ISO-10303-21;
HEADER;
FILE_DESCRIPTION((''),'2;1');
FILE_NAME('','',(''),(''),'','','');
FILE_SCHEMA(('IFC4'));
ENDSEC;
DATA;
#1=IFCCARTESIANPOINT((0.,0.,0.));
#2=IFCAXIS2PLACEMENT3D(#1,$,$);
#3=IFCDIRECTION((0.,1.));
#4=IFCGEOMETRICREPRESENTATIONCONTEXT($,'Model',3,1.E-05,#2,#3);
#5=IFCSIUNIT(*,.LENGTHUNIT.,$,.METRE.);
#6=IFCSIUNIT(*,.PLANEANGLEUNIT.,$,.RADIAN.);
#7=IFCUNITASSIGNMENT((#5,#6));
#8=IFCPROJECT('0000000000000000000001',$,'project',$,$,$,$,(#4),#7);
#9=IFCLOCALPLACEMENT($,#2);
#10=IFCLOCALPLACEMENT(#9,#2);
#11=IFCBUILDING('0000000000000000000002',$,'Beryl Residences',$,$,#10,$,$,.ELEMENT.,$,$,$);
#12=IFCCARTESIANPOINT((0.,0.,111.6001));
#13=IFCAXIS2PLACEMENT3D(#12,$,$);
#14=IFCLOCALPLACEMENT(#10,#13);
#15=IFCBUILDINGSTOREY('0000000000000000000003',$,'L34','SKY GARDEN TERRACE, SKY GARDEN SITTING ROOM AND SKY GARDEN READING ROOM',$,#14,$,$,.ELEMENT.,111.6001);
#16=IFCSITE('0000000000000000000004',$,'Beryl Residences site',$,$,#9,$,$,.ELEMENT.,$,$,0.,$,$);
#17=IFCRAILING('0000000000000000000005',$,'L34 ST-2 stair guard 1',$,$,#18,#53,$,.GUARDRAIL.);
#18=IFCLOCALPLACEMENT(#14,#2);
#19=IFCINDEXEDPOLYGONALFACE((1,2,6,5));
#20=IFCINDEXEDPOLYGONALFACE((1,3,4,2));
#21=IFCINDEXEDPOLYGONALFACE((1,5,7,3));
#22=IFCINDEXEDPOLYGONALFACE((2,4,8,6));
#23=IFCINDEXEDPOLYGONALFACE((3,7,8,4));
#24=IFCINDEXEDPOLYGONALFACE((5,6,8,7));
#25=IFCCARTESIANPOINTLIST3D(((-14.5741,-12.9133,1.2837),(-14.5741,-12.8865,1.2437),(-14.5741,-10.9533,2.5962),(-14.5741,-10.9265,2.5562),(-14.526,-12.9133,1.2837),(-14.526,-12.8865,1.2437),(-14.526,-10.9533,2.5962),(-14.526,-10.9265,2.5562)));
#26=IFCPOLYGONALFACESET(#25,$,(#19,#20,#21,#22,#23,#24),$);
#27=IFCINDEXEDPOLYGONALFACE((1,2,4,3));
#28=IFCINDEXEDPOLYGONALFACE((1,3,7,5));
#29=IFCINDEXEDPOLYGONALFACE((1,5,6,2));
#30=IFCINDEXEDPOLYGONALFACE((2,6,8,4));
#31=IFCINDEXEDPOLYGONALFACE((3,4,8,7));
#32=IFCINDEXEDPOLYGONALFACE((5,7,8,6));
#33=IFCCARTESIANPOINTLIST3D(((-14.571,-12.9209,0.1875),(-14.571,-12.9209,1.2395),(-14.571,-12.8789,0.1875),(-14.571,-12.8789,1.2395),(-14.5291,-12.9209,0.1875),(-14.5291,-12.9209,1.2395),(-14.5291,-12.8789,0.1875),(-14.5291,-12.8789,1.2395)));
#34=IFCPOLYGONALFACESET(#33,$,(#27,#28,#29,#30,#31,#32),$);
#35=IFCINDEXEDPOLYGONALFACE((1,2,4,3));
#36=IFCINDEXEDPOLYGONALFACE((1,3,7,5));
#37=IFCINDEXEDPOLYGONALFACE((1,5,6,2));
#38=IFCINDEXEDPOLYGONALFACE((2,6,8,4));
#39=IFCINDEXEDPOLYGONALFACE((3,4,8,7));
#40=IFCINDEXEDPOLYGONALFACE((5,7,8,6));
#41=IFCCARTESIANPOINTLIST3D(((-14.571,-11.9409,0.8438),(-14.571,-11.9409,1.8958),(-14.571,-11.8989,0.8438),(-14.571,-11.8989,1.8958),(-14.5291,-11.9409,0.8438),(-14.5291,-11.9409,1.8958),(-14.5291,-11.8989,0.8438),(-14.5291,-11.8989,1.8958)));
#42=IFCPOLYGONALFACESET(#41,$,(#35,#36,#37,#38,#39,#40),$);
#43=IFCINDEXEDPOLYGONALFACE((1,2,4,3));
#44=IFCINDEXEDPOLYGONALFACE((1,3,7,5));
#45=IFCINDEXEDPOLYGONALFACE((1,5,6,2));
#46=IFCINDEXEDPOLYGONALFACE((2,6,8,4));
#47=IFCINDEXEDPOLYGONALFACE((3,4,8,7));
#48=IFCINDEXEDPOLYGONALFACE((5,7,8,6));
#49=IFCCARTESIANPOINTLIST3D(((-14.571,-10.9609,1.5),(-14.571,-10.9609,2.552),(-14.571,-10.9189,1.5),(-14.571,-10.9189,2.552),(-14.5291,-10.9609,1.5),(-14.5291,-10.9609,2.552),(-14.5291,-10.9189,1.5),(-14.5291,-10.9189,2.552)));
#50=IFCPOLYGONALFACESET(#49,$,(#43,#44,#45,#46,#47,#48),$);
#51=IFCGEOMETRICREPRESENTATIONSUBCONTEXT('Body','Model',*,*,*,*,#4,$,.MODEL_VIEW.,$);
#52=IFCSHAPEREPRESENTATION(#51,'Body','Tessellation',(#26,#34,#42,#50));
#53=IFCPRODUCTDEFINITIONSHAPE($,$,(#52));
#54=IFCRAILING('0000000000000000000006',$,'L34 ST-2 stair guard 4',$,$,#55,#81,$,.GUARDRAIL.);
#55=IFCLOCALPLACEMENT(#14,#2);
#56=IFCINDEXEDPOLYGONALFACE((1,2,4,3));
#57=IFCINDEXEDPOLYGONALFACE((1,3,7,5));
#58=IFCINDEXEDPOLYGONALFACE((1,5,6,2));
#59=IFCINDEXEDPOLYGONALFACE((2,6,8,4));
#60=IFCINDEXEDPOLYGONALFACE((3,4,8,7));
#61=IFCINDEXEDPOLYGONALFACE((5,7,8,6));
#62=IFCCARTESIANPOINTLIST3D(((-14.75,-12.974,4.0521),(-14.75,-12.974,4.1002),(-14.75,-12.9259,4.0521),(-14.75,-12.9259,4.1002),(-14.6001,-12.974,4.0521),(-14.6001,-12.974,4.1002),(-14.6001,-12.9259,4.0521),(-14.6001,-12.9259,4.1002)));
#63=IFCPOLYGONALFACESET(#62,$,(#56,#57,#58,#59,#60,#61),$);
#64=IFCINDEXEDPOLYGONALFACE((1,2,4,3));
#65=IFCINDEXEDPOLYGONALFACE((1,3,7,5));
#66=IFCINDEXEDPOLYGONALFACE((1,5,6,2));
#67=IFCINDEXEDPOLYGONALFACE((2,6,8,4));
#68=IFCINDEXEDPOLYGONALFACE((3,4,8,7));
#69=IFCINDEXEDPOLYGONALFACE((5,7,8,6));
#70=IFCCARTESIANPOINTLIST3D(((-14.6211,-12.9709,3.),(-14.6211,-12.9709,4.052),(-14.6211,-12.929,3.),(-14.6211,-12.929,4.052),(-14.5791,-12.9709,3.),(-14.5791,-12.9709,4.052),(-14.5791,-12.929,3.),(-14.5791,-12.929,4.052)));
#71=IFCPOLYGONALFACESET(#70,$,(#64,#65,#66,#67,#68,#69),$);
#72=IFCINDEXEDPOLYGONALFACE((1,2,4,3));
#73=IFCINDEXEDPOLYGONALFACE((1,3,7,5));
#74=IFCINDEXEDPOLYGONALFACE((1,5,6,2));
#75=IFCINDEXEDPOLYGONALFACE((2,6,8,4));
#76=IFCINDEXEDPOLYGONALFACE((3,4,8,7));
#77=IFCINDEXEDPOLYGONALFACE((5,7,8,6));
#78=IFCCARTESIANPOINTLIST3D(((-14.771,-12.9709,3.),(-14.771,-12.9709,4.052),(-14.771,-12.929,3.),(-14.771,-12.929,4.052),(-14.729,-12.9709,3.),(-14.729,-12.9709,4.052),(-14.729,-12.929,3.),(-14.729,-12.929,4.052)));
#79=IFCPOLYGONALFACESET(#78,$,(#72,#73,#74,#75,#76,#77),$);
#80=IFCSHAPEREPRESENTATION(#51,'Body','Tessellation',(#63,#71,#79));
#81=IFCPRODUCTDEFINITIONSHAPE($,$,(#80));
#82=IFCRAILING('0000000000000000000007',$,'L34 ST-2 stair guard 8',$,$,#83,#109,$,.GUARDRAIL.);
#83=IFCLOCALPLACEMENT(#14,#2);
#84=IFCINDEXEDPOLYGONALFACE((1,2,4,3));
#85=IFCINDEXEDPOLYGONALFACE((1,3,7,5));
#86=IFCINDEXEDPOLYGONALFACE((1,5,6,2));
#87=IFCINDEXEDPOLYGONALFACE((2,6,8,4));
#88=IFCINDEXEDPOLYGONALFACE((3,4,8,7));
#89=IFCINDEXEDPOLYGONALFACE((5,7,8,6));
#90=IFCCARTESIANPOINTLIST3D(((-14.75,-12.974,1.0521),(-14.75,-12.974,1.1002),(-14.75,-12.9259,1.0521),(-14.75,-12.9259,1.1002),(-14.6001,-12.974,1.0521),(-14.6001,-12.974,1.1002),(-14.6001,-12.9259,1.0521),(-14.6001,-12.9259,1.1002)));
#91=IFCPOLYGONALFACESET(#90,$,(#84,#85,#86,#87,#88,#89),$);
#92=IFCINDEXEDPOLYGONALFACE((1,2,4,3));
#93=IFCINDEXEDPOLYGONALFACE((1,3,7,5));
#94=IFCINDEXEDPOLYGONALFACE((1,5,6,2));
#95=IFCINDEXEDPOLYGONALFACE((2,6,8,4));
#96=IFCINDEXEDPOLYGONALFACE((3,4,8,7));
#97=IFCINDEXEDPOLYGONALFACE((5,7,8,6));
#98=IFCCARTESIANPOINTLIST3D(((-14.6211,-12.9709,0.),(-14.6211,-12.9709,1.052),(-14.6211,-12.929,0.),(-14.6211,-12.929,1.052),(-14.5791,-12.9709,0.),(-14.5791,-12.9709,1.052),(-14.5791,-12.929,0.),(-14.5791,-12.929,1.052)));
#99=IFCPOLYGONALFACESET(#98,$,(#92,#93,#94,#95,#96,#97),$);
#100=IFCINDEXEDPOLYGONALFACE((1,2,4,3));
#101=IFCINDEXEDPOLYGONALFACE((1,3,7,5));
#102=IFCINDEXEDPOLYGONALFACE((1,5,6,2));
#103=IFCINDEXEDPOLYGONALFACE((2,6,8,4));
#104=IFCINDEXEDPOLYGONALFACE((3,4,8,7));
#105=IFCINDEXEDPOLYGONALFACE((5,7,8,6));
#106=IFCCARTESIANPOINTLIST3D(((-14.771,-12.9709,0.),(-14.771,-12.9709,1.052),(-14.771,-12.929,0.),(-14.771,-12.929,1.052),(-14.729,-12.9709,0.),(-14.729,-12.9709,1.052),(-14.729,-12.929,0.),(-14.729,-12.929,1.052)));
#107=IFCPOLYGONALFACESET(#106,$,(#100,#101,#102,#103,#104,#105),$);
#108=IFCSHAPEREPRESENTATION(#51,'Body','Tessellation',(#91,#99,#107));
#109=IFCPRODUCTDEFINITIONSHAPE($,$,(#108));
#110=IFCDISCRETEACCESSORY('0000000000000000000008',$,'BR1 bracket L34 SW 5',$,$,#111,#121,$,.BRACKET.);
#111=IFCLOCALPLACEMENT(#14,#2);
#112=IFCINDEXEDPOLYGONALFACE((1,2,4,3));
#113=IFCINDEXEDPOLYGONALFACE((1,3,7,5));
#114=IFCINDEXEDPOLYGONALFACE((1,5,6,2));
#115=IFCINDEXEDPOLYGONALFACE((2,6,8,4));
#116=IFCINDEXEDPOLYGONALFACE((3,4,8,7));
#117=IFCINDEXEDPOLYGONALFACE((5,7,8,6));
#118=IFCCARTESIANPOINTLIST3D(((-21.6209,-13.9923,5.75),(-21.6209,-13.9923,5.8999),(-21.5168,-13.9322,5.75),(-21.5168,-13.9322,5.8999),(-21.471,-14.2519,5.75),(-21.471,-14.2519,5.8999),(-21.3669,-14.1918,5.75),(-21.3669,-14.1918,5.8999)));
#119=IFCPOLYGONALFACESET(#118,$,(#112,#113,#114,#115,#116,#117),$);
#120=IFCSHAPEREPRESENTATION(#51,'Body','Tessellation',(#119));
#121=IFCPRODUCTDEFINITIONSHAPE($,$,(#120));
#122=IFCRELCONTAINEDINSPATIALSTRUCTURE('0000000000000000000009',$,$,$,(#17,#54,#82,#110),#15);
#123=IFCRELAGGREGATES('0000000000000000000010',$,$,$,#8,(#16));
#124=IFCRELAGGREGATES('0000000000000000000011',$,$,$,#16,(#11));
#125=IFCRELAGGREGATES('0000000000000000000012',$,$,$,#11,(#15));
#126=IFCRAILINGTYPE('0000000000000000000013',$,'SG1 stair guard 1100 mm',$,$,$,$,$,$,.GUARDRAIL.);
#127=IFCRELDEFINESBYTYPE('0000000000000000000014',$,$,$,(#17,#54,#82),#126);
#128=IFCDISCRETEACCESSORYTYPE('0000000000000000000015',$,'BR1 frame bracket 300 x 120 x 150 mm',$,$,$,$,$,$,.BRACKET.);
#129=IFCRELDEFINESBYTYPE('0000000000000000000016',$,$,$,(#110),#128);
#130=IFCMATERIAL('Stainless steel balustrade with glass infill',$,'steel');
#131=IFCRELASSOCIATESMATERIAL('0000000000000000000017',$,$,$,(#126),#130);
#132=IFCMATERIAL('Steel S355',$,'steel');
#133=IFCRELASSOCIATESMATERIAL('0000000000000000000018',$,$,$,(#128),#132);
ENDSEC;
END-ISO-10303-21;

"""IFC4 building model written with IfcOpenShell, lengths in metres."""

from ifc_helpers import new_model, si_unit, direction, frame, origin, origin_2d, place, context, subcontext, project, spatial, polyline, rectangle, outline, extrude, source, transform, mapped, material, type_object, type_shapes, element, save


model = new_model("IFC4")

# Units and contexts
model_context = context("Model", 3, precision=1e-05, world=origin(), true_north=direction((0.0, 1.0)))
body_context = subcontext(model_context, "Body", "Model", "MODEL_VIEW")
ifc_project = project(units=[si_unit("LENGTHUNIT", "METRE"), si_unit("PLANEANGLEUNIT", "RADIAN")], contexts=[model_context])

# Site, building, storey
site_placement = place(None, origin())
site = spatial("IfcSite", under=ifc_project, at=site_placement, Name="Beryl Residences site", CompositionType="ELEMENT", RefElevation=0.0)
building_placement = place(site_placement, origin())
building = spatial("IfcBuilding", under=site, at=building_placement, Name="Beryl Residences", CompositionType="ELEMENT")
storey_placement = place(building_placement, frame((0.0, 0.0, 111.6001)))
storey = spatial("IfcBuildingStorey", under=building, at=storey_placement, Name="L34", Description="SKY GARDEN TERRACE, SKY GARDEN SITTING ROOM AND SKY GARDEN READING ROOM", CompositionType="ELEMENT", Elevation=111.6001)

# Railings
ifc_material_1 = material(Name="Stainless steel balustrade with glass infill", Category="steel")
railing_type = type_object("IfcRailingType", Name="SG1 stair guard 1100 mm", PredefinedType="GUARDRAIL", material=ifc_material_1)
railing_placement = place(storey_placement, frame((-14.55, -12.8999, 0.1875)))
element("IfcRailing", 1, at=railing_placement, inside=storey, type_object=railing_type, Name="L34 ST-2 stair guard 1", PredefinedType="GUARDRAIL", context=body_context, shape_type="SweptSolid", body=[
    extrude(rectangle(XDim=0.0481, YDim=0.0481, at=origin_2d()), frame((0.0, 0.0, 1.0762), z_axis=(0.0, 0.830902, 0.556419), x_axis=(-1.0, 0.0, 0.0)), (0.0, 0.0, 1.0), 2.3589),
    extrude(rectangle(XDim=0.042, YDim=0.042, at=origin_2d()), origin(), (0.0, 0.0, 1.0), 1.052),
    extrude(rectangle(XDim=0.042, YDim=0.042, at=origin_2d()), frame((0.0, 0.98, 0.6562)), (0.0, 0.0, 1.0), 1.052),
    extrude(rectangle(XDim=0.042, YDim=0.042, at=origin_2d()), frame((0.0, 1.96, 1.3125)), (0.0, 0.0, 1.0), 1.052),
])
for number, where, name in (
    (2, (-14.6001, -12.95, 3.0), "L34 ST-2 stair guard 4"),
    (3, (-14.6001, -12.95, 0.0), "L34 ST-2 stair guard 8"),
):
    element("IfcRailing", number, at=place(storey_placement, frame(where)), inside=storey, type_object=railing_type, Name=name, PredefinedType="GUARDRAIL", context=body_context, shape_type="SweptSolid", body=[
        extrude(rectangle(XDim=0.0481, YDim=0.0481, at=origin_2d()), frame((0.0, 0.0, 1.0762), z_axis=(-1.0, 0.0, 0.0), x_axis=(0.0, -1.0, 0.0)), (0.0, 0.0, 1.0), 0.1499),
        extrude(rectangle(XDim=0.042, YDim=0.042, at=origin_2d()), origin(), (0.0, 0.0, 1.0), 1.052),
        extrude(rectangle(XDim=0.042, YDim=0.042, at=origin_2d()), frame((-0.1499, 0.0, 0.0)), (0.0, 0.0, 1.0), 1.052),
    ])

# Discrete accessory
ifc_material_2 = material(Name="Steel S355", Category="steel")
discrete_accessory_type = type_object("IfcDiscreteAccessoryType", Name="BR1 frame bracket 300 x 120 x 150 mm", PredefinedType="BRACKET", material=ifc_material_2)
shared_shape_1 = source(origin(), body_context, "Body", "SweptSolid", [
    extrude(outline(polyline([(-0.1499, 0.0), (0.1499, 0.0), (0.1499, 0.1201), (-0.1499, 0.1201), (-0.1499, 0.0)])), origin(), (0.0, 0.0, 1.0), 0.1499),
])
type_shapes(discrete_accessory_type, [shared_shape_1])
discrete_accessory_placement = place(storey_placement, frame((-21.4419, -14.062, 5.75), z_axis=(0.0, 0.0, 1.0), x_axis=(-0.5, 0.866025, 0.0)))
element("IfcDiscreteAccessory", 4, at=discrete_accessory_placement, inside=storey, type_object=discrete_accessory_type, Name="BR1 bracket L34 SW 5", PredefinedType="BRACKET", context=body_context, shape_type="MappedRepresentation", body=[
    mapped(shared_shape_1, transform((0.0, 0.0, 0.0))),
])

save(model, "model.ifc")
